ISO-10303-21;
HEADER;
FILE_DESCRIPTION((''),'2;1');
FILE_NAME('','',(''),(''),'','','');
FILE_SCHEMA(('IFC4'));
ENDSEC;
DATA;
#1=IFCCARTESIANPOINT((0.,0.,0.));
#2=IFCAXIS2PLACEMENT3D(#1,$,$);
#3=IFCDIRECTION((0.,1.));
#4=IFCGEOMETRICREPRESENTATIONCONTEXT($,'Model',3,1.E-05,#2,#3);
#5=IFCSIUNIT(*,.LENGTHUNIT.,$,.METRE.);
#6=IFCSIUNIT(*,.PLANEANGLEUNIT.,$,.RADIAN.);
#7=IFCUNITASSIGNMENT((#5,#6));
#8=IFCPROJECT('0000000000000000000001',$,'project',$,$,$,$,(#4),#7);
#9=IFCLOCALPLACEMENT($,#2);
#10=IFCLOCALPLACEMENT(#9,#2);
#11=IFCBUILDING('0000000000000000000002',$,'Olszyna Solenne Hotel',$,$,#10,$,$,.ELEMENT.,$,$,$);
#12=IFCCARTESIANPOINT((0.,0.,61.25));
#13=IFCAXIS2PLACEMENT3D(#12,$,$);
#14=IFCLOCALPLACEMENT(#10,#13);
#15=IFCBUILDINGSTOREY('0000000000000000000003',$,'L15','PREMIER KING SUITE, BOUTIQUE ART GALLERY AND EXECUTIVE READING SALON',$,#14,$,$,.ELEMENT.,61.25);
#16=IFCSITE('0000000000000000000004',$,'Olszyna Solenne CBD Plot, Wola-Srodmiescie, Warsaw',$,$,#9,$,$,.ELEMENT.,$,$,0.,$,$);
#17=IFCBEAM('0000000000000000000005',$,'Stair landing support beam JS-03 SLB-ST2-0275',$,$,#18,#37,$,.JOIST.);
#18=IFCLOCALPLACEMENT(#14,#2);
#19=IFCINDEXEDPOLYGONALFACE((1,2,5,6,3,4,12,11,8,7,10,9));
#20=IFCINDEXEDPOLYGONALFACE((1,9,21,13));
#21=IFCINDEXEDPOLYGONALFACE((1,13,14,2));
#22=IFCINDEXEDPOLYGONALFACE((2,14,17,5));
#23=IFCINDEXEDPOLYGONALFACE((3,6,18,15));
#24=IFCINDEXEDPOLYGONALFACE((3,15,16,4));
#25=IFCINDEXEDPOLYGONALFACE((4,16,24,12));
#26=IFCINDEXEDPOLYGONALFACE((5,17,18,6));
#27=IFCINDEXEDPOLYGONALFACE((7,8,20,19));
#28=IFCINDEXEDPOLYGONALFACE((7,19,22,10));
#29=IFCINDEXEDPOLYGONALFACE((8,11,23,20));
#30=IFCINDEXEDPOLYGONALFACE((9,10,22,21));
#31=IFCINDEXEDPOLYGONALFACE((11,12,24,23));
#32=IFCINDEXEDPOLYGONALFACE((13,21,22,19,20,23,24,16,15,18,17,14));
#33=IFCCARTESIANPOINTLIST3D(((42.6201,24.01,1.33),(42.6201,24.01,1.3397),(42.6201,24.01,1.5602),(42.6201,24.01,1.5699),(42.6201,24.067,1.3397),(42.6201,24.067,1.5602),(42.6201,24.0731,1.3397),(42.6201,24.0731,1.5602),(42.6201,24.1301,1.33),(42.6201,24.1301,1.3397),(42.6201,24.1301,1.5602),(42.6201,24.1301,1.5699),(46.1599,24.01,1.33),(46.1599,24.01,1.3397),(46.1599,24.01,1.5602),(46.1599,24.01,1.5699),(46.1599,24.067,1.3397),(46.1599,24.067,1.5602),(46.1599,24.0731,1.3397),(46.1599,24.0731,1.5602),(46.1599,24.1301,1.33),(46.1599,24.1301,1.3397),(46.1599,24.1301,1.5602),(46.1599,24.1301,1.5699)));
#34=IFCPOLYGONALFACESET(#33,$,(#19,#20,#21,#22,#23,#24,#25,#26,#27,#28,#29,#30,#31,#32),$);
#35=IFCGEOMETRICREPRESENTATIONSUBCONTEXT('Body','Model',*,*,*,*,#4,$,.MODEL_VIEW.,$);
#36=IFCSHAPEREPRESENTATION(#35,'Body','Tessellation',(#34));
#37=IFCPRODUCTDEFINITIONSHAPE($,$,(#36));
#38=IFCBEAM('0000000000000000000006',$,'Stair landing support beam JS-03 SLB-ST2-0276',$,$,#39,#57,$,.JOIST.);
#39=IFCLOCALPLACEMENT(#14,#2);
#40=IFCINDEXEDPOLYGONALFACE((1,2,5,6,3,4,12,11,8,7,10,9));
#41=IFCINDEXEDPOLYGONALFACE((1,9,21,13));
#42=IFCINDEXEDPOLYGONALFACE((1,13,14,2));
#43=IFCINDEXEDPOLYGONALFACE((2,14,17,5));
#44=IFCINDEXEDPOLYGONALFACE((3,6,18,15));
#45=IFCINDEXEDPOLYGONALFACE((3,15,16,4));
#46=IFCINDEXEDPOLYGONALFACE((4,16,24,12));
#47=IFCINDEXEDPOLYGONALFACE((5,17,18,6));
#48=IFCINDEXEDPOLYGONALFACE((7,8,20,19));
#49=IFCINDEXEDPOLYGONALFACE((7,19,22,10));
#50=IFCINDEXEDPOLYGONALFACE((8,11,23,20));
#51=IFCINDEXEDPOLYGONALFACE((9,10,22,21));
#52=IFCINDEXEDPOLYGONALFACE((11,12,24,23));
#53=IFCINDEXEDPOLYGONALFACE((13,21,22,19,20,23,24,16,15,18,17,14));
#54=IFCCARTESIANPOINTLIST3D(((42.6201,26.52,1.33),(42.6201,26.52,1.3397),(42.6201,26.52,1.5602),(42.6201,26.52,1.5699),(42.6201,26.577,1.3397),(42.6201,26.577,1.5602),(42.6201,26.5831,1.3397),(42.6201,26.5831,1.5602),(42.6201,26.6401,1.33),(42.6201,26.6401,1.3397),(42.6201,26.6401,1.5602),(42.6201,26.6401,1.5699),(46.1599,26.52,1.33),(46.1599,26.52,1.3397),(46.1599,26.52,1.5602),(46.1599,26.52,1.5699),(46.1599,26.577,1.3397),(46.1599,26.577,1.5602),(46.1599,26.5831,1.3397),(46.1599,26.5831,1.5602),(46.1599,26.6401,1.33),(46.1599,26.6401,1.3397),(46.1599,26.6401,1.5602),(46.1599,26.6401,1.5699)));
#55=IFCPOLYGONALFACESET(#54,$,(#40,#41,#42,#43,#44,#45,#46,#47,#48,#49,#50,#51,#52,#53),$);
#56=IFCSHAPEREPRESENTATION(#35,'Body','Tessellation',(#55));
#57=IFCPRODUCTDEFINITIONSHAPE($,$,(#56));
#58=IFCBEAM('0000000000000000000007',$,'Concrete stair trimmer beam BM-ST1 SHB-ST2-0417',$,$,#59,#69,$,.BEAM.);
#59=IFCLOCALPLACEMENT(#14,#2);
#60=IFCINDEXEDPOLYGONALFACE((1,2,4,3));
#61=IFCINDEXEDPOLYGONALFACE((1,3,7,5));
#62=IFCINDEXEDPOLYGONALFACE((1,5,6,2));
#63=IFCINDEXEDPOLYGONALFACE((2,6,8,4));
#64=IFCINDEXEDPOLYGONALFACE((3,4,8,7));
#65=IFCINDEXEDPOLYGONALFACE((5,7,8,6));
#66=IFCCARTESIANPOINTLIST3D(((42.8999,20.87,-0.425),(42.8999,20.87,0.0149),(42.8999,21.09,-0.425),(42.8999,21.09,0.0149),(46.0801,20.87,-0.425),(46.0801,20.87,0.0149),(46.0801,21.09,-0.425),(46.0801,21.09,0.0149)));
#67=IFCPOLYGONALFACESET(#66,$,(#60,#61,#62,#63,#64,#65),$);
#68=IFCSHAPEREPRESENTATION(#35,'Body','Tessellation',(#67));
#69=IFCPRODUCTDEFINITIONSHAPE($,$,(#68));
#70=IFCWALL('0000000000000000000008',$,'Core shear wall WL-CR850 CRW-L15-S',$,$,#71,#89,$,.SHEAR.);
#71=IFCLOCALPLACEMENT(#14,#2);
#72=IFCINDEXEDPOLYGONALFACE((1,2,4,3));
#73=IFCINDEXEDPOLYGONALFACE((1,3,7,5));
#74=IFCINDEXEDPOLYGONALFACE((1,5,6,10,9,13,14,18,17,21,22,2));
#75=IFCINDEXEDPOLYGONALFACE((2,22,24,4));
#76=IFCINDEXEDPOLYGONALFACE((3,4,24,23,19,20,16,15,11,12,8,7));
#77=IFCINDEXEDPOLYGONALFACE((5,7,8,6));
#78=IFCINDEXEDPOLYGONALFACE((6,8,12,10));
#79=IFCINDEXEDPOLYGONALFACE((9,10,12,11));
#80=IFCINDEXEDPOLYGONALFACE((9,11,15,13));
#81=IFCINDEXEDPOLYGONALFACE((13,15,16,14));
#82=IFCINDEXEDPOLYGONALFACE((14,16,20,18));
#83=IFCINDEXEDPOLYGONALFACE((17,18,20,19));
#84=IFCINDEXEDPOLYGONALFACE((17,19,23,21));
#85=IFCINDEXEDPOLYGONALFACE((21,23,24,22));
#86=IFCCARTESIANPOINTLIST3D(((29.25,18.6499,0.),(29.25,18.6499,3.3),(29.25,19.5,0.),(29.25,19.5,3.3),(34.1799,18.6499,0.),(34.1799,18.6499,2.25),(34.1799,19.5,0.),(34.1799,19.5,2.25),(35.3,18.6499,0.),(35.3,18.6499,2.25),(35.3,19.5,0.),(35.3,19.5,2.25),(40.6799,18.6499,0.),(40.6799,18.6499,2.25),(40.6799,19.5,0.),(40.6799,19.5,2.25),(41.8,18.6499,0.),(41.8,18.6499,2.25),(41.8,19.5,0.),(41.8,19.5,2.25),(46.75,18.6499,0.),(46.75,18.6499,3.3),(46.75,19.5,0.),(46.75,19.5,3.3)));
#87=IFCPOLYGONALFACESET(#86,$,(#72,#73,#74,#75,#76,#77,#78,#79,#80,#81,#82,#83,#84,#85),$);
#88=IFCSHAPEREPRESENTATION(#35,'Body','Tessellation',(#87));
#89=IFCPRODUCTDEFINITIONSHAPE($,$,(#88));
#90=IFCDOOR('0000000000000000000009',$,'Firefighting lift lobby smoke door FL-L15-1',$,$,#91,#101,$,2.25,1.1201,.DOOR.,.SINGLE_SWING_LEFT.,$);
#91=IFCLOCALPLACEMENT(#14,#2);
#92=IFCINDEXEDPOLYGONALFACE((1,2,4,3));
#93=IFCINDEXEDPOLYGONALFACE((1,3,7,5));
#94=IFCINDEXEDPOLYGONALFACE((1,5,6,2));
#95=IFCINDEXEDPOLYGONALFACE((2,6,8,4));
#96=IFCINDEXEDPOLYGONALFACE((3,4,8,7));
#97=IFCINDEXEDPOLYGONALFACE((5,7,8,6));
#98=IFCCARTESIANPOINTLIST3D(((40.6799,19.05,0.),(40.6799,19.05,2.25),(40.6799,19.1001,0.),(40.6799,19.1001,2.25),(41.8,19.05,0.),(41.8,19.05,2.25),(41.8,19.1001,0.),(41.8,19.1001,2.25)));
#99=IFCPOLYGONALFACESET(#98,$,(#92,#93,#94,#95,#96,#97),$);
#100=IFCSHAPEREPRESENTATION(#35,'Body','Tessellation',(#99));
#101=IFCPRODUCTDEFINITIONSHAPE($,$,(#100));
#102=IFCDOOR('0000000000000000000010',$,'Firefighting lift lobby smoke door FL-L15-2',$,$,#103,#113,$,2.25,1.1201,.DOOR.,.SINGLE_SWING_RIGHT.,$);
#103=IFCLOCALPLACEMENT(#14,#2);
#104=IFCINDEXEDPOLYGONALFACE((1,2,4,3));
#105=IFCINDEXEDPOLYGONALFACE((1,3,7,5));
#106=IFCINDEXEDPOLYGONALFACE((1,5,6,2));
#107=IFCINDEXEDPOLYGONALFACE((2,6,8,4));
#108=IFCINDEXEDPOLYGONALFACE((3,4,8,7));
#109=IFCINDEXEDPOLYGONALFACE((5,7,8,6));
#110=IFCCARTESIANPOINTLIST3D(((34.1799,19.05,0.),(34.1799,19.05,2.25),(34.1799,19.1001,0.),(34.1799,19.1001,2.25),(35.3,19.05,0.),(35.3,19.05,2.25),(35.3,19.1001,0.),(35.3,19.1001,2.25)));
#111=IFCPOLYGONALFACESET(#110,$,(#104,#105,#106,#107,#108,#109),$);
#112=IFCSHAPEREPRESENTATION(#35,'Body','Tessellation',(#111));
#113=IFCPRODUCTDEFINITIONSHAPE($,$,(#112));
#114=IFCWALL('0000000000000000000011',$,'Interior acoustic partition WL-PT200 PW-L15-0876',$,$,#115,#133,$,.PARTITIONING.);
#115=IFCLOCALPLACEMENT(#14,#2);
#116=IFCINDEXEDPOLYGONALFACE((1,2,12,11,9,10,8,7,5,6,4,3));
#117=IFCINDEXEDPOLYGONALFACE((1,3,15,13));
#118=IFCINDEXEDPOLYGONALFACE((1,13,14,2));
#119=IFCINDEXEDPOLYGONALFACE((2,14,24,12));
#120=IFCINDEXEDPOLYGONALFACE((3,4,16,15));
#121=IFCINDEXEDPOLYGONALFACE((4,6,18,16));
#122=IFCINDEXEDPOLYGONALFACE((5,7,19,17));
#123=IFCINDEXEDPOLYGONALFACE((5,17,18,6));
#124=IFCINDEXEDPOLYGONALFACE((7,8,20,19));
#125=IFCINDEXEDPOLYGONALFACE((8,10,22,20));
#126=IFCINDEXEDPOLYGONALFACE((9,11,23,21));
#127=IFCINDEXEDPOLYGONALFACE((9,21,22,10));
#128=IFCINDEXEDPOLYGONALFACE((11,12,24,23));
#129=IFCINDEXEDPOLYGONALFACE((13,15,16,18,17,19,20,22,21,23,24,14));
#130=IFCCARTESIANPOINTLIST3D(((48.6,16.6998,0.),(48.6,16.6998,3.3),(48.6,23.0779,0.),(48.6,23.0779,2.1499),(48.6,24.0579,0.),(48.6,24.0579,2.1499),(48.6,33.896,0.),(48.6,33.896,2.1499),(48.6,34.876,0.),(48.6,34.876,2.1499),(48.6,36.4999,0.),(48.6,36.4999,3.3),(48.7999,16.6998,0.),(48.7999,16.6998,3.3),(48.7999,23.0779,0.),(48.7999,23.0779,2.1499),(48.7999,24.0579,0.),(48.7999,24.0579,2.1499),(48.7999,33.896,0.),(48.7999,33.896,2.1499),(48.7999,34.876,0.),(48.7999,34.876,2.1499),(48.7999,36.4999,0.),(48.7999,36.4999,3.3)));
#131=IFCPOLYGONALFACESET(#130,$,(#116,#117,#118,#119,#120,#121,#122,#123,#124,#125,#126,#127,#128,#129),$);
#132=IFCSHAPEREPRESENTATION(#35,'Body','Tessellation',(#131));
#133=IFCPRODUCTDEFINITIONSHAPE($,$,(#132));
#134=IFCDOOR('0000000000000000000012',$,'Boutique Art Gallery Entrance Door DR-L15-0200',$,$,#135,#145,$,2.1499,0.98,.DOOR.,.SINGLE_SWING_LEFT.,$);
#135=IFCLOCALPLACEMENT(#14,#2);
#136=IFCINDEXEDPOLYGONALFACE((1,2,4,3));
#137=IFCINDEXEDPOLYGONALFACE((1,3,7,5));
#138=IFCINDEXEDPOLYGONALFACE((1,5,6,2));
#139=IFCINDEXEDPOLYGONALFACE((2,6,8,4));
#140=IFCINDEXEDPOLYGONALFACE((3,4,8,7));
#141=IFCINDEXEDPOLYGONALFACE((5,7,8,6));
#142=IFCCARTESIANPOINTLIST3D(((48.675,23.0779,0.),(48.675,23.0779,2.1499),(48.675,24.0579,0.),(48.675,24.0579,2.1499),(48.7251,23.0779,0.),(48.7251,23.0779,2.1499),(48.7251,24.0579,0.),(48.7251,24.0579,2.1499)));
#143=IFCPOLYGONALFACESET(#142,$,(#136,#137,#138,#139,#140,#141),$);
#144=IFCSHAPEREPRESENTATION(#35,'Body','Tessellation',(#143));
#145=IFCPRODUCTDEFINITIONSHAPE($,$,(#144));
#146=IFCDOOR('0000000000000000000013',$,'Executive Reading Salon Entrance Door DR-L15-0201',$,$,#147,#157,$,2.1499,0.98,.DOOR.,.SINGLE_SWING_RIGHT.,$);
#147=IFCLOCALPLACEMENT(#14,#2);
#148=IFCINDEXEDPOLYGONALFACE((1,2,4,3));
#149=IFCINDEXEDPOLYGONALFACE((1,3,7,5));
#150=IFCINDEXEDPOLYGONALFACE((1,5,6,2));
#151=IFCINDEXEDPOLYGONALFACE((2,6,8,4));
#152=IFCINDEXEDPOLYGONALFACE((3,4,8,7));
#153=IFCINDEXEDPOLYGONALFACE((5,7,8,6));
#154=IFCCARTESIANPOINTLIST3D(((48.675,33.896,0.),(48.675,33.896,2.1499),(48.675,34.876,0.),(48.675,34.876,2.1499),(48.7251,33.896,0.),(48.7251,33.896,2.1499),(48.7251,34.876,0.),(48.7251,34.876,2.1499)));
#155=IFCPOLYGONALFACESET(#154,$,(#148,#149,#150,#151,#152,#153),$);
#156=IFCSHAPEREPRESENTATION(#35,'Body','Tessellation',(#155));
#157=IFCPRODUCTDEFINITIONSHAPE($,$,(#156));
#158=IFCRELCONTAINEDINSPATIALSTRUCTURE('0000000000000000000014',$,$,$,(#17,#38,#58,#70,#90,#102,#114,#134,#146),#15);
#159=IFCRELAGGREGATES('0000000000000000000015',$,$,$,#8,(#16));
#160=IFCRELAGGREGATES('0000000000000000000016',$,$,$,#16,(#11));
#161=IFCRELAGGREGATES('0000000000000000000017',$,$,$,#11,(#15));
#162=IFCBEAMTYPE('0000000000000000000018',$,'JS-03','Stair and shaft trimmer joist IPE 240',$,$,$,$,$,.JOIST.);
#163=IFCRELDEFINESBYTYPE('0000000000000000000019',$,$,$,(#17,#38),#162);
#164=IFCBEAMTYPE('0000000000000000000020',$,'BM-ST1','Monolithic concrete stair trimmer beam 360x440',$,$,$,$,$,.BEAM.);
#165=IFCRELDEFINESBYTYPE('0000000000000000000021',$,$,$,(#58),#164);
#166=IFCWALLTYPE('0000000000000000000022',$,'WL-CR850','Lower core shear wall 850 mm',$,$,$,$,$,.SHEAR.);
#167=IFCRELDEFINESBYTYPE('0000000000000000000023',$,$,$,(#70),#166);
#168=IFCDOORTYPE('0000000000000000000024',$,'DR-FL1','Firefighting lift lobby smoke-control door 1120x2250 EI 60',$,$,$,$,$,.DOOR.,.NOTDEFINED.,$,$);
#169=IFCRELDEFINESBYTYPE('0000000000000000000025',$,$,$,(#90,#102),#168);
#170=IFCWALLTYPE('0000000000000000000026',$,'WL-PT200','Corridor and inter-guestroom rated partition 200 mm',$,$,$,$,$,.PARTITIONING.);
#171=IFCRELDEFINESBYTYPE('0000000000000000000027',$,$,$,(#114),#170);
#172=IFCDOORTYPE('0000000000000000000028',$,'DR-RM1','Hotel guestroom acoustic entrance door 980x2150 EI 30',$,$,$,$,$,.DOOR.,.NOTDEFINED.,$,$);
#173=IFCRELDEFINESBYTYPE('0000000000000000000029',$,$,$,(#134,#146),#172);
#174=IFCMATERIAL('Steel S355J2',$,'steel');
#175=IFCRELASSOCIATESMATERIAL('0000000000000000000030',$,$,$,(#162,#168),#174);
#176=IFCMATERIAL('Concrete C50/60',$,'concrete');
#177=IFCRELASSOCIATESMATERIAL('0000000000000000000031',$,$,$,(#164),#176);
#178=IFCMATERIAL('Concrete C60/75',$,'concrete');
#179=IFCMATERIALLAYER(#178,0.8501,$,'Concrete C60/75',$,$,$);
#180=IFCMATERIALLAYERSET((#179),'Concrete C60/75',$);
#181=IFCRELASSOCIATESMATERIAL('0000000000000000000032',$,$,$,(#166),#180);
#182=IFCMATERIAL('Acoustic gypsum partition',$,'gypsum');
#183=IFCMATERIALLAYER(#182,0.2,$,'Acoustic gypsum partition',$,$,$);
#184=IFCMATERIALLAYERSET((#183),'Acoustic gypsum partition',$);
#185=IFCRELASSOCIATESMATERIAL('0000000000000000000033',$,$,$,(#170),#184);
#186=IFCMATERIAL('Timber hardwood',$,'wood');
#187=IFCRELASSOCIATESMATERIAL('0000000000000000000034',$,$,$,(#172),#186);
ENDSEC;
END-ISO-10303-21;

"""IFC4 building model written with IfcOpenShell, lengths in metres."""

from ifc_helpers import new_model, si_unit, direction, frame, frame_2d, origin, origin_2d, place, context, subcontext, project, spatial, rectangle, i_section, extrude, source, transform, mapped, material, layer, layer_set, material_profile, profile_set, type_object, type_shapes, element, fill, save


model = new_model("IFC4")

# Units and contexts
model_context = context("Model", 3, precision=1e-05, world=origin(), true_north=direction((0.0, 1.0)))
body_context = subcontext(model_context, "Body", "Model", "MODEL_VIEW")
ifc_project = project(units=[si_unit("LENGTHUNIT", "METRE"), si_unit("PLANEANGLEUNIT", "RADIAN")], contexts=[model_context])

# Site, building, storey
site_placement = place(None, origin())
site = spatial("IfcSite", under=ifc_project, at=site_placement, Name="Olszyna Solenne CBD Plot, Wola-Srodmiescie, Warsaw", CompositionType="ELEMENT", RefElevation=0.0)
building_placement = place(site_placement, origin())
building = spatial("IfcBuilding", under=site, at=building_placement, Name="Olszyna Solenne Hotel", CompositionType="ELEMENT")
storey_placement = place(building_placement, frame((0.0, 0.0, 61.25)))
storey = spatial("IfcBuildingStorey", under=building, at=storey_placement, Name="L15", Description="PREMIER KING SUITE, BOUTIQUE ART GALLERY AND EXECUTIVE READING SALON", CompositionType="ELEMENT", Elevation=61.25)

# Beams
ifc_material_1 = material(Name="Steel S355J2", Category="steel")
ifc_material_profile_1 = material_profile(ifc_material_1, i_section(OverallWidth=0.1201, OverallDepth=0.24, WebThickness=0.0061, FlangeThickness=0.0098, at=origin_2d()), Name="IPE 240", Category="load-bearing")
ifc_profile_set_1 = profile_set([ifc_material_profile_1], Name="Steel S355J2")
beam_type_1 = type_object("IfcBeamType", Name="JS-03", Description="Stair and shaft trimmer joist IPE 240", PredefinedType="JOIST", material=ifc_profile_set_1)
shared_shape_1 = source(origin(), body_context, "Body", "SweptSolid", [
    extrude(i_section(OverallWidth=0.1201, OverallDepth=0.24, WebThickness=0.0061, FlangeThickness=0.0098, at=origin_2d()), origin(), (0.0, 0.0, 1.0), 3.5398),
])
for number, where, z_axis, x_axis, name in (
    (1, (46.1599, 24.0701, 1.45), (-1.0, 0.0, 0.0), (0.0, -1.0, 0.0), "Stair landing support beam JS-03 SLB-ST2-0275"),
    (2, (46.1599, 26.5801, 1.45), (-1.0, 0.0, 0.0), (0.0, -1.0, 0.0), "Stair landing support beam JS-03 SLB-ST2-0276"),
):
    element("IfcBeam", number, at=place(storey_placement, frame(where, z_axis=z_axis, x_axis=x_axis)), inside=storey, type_object=beam_type_1, Name=name, PredefinedType="JOIST", context=body_context, shape_type="MappedRepresentation", body=[
        mapped(shared_shape_1, transform((0.0, 0.0, 0.0), x_axis=(1.0, 0.0, 0.0), y_axis=(0.0, 1.0, 0.0), z_axis=(0.0, 0.0, 1.0), scale=1.0)),
    ])
ifc_material_2 = material(Name="Concrete C50/60", Category="concrete")
ifc_material_profile_2 = material_profile(ifc_material_2, rectangle(XDim=0.22, YDim=0.4399, at=origin_2d()), Name="RC 220x440", Category="load-bearing")
ifc_profile_set_2 = profile_set([ifc_material_profile_2], Name="Concrete C50/60")
beam_type_2 = type_object("IfcBeamType", Name="BM-ST1", Description="Monolithic concrete stair trimmer beam 360x440", PredefinedType="BEAM", material=ifc_profile_set_2)
shared_shape_2 = source(origin(), body_context, "Body", "SweptSolid", [
    extrude(rectangle(XDim=0.22, YDim=0.4399, at=origin_2d()), origin(), (0.0, 0.0, 1.0), 3.1802),
])
beam_placement = place(storey_placement, frame((46.0801, 20.98, -0.2051), z_axis=(-1.0, 0.0, 0.0), x_axis=(0.0, -1.0, 0.0)))
element("IfcBeam", 3, at=beam_placement, inside=storey, type_object=beam_type_2, Name="Concrete stair trimmer beam BM-ST1 SHB-ST2-0417", PredefinedType="BEAM", context=body_context, shape_type="MappedRepresentation", body=[
    mapped(shared_shape_2, transform((0.0, 0.0, 0.0), x_axis=(1.0, 0.0, 0.0), y_axis=(0.0, 1.0, 0.0), z_axis=(0.0, 0.0, 1.0), scale=1.0)),
])

# Walls, openings, doors
ifc_material_3 = material(Name="Concrete C60/75", Category="concrete")
ifc_layer_1 = layer(ifc_material_3, 0.8501, Name="Concrete C60/75")
ifc_layer_set_1 = layer_set([ifc_layer_1], Name="Concrete C60/75")
wall_type_1 = type_object("IfcWallType", Name="WL-CR850", Description="Lower core shear wall 850 mm", PredefinedType="SHEAR", material=ifc_layer_set_1)
wall_1_placement = place(storey_placement, frame((46.75, 19.075, 0.0), z_axis=(0.0, 0.0, 1.0), x_axis=(-1.0, 0.0, 0.0)))
wall_1 = element("IfcWall", 4, at=wall_1_placement, inside=storey, type_object=wall_type_1, Name="Core shear wall WL-CR850 CRW-L15-S", PredefinedType="SHEAR", context=body_context, shape_type="SweptSolid", body=[
    extrude(rectangle(XDim=17.5, YDim=0.8501, at=frame_2d((8.75, 0.0))), origin(), (0.0, 0.0, 1.0), 3.3),
])
opening_1_placement = place(wall_1_placement, frame((4.95, 0.0, 0.0)))
opening_1 = element("IfcOpeningElement", 5, at=opening_1_placement, cuts=wall_1, PredefinedType="OPENING", context=body_context, shape_type="SweptSolid", body=[
    extrude(rectangle(XDim=1.1201, YDim=2.25, at=frame_2d((0.5601, 1.125))), frame((0.0, 0.4351, 0.0), z_axis=(0.0, -1.0, 0.0), x_axis=(1.0, 0.0, 0.0)), (0.0, 0.0, 1.0), 0.8701),
])
opening_2_placement = place(wall_1_placement, frame((11.45, 0.0, 0.0)))
opening_2 = element("IfcOpeningElement", 6, at=opening_2_placement, cuts=wall_1, PredefinedType="OPENING", context=body_context, shape_type="SweptSolid", body=[
    extrude(rectangle(XDim=1.1201, YDim=2.25, at=frame_2d((0.5601, 1.125))), frame((0.0, 0.4351, 0.0), z_axis=(0.0, -1.0, 0.0), x_axis=(1.0, 0.0, 0.0)), (0.0, 0.0, 1.0), 0.8701),
])
door_type_1 = type_object("IfcDoorType", Name="DR-FL1", Description="Firefighting lift lobby smoke-control door 1120x2250 EI 60", OperationType="NOTDEFINED", PredefinedType="DOOR", material=ifc_material_1)
shared_shape_3 = source(origin(), body_context, "Body", "SweptSolid", [
    extrude(rectangle(XDim=1.1201, YDim=2.25, at=frame_2d((0.5601, 1.125))), frame((0.0, 0.0249, 0.0), z_axis=(0.0, -1.0, 0.0), x_axis=(1.0, 0.0, 0.0)), (0.0, 0.0, 1.0), 0.05),
])
type_shapes(door_type_1, [shared_shape_3])
door_1_placement = place(opening_1_placement, origin())
door_1 = element("IfcDoor", 7, at=door_1_placement, inside=storey, type_object=door_type_1, Name="Firefighting lift lobby smoke door FL-L15-1", OperationType="SINGLE_SWING_LEFT", OverallHeight=2.25, OverallWidth=1.1201, PredefinedType="DOOR", context=body_context, shape_type="MappedRepresentation", body=[
    mapped(shared_shape_3, transform((0.0, 0.0, 0.0), x_axis=(1.0, 0.0, 0.0), y_axis=(0.0, 1.0, 0.0), z_axis=(0.0, 0.0, 1.0), scale=1.0)),
])
fill(opening_1, door_1)
door_2_placement = place(opening_2_placement, origin())
door_2 = element("IfcDoor", 8, at=door_2_placement, inside=storey, type_object=door_type_1, Name="Firefighting lift lobby smoke door FL-L15-2", OperationType="SINGLE_SWING_RIGHT", OverallHeight=2.25, OverallWidth=1.1201, PredefinedType="DOOR", context=body_context, shape_type="MappedRepresentation", body=[
    mapped(shared_shape_3, transform((0.0, 0.0, 0.0), x_axis=(1.0, 0.0, 0.0), y_axis=(0.0, 1.0, 0.0), z_axis=(0.0, 0.0, 1.0), scale=1.0)),
])
fill(opening_2, door_2)
ifc_material_4 = material(Name="Acoustic gypsum partition", Category="gypsum")
ifc_layer_2 = layer(ifc_material_4, 0.2, Name="Acoustic gypsum partition")
ifc_layer_set_2 = layer_set([ifc_layer_2], Name="Acoustic gypsum partition")
wall_type_2 = type_object("IfcWallType", Name="WL-PT200", Description="Corridor and inter-guestroom rated partition 200 mm", PredefinedType="PARTITIONING", material=ifc_layer_set_2)
wall_2_placement = place(storey_placement, frame((48.7, 16.7, 0.0), z_axis=(0.0, 0.0, 1.0), x_axis=(0.0, 1.0, 0.0)))
wall_2 = element("IfcWall", 9, at=wall_2_placement, inside=storey, type_object=wall_type_2, Name="Interior acoustic partition WL-PT200 PW-L15-0876", PredefinedType="PARTITIONING", context=body_context, shape_type="SweptSolid", body=[
    extrude(rectangle(XDim=19.8, YDim=0.2, at=frame_2d((9.8999, 0.0))), origin(), (0.0, 0.0, 1.0), 3.3),
])
opening_3_placement = place(wall_2_placement, frame((6.3779, 0.0, 0.0)))
opening_3 = element("IfcOpeningElement", 10, at=opening_3_placement, cuts=wall_2, PredefinedType="OPENING", context=body_context, shape_type="SweptSolid", body=[
    extrude(rectangle(XDim=0.98, YDim=2.1499, at=frame_2d((0.49, 1.075))), frame((0.0, 0.1099, 0.0), z_axis=(0.0, -1.0, 0.0), x_axis=(1.0, 0.0, 0.0)), (0.0, 0.0, 1.0), 0.22),
])
opening_4_placement = place(wall_2_placement, frame((17.196, 0.0, 0.0)))
opening_4 = element("IfcOpeningElement", 11, at=opening_4_placement, cuts=wall_2, PredefinedType="OPENING", context=body_context, shape_type="SweptSolid", body=[
    extrude(rectangle(XDim=0.98, YDim=2.1499, at=frame_2d((0.49, 1.075))), frame((0.0, 0.1099, 0.0), z_axis=(0.0, -1.0, 0.0), x_axis=(1.0, 0.0, 0.0)), (0.0, 0.0, 1.0), 0.22),
])
ifc_material_5 = material(Name="Timber hardwood", Category="wood")
door_type_2 = type_object("IfcDoorType", Name="DR-RM1", Description="Hotel guestroom acoustic entrance door 980x2150 EI 30", OperationType="NOTDEFINED", PredefinedType="DOOR", material=ifc_material_5)
shared_shape_4 = source(origin(), body_context, "Body", "SweptSolid", [
    extrude(rectangle(XDim=0.98, YDim=2.1499, at=frame_2d((0.49, 1.075))), frame((0.0, 0.0249, 0.0), z_axis=(0.0, -1.0, 0.0), x_axis=(1.0, 0.0, 0.0)), (0.0, 0.0, 1.0), 0.05),
])
type_shapes(door_type_2, [shared_shape_4])
door_3_placement = place(opening_3_placement, origin())
door_3 = element("IfcDoor", 12, at=door_3_placement, inside=storey, type_object=door_type_2, Name="Boutique Art Gallery Entrance Door DR-L15-0200", OperationType="SINGLE_SWING_LEFT", OverallHeight=2.1499, OverallWidth=0.98, PredefinedType="DOOR", context=body_context, shape_type="MappedRepresentation", body=[
    mapped(shared_shape_4, transform((0.0, 0.0, 0.0), x_axis=(1.0, 0.0, 0.0), y_axis=(0.0, 1.0, 0.0), z_axis=(0.0, 0.0, 1.0), scale=1.0)),
])
fill(opening_3, door_3)
door_4_placement = place(opening_4_placement, origin())
door_4 = element("IfcDoor", 13, at=door_4_placement, inside=storey, type_object=door_type_2, Name="Executive Reading Salon Entrance Door DR-L15-0201", OperationType="SINGLE_SWING_RIGHT", OverallHeight=2.1499, OverallWidth=0.98, PredefinedType="DOOR", context=body_context, shape_type="MappedRepresentation", body=[
    mapped(shared_shape_4, transform((0.0, 0.0, 0.0), x_axis=(1.0, 0.0, 0.0), y_axis=(0.0, 1.0, 0.0), z_axis=(0.0, 0.0, 1.0), scale=1.0)),
])
fill(opening_4, door_4)

save(model, "model.ifc")
